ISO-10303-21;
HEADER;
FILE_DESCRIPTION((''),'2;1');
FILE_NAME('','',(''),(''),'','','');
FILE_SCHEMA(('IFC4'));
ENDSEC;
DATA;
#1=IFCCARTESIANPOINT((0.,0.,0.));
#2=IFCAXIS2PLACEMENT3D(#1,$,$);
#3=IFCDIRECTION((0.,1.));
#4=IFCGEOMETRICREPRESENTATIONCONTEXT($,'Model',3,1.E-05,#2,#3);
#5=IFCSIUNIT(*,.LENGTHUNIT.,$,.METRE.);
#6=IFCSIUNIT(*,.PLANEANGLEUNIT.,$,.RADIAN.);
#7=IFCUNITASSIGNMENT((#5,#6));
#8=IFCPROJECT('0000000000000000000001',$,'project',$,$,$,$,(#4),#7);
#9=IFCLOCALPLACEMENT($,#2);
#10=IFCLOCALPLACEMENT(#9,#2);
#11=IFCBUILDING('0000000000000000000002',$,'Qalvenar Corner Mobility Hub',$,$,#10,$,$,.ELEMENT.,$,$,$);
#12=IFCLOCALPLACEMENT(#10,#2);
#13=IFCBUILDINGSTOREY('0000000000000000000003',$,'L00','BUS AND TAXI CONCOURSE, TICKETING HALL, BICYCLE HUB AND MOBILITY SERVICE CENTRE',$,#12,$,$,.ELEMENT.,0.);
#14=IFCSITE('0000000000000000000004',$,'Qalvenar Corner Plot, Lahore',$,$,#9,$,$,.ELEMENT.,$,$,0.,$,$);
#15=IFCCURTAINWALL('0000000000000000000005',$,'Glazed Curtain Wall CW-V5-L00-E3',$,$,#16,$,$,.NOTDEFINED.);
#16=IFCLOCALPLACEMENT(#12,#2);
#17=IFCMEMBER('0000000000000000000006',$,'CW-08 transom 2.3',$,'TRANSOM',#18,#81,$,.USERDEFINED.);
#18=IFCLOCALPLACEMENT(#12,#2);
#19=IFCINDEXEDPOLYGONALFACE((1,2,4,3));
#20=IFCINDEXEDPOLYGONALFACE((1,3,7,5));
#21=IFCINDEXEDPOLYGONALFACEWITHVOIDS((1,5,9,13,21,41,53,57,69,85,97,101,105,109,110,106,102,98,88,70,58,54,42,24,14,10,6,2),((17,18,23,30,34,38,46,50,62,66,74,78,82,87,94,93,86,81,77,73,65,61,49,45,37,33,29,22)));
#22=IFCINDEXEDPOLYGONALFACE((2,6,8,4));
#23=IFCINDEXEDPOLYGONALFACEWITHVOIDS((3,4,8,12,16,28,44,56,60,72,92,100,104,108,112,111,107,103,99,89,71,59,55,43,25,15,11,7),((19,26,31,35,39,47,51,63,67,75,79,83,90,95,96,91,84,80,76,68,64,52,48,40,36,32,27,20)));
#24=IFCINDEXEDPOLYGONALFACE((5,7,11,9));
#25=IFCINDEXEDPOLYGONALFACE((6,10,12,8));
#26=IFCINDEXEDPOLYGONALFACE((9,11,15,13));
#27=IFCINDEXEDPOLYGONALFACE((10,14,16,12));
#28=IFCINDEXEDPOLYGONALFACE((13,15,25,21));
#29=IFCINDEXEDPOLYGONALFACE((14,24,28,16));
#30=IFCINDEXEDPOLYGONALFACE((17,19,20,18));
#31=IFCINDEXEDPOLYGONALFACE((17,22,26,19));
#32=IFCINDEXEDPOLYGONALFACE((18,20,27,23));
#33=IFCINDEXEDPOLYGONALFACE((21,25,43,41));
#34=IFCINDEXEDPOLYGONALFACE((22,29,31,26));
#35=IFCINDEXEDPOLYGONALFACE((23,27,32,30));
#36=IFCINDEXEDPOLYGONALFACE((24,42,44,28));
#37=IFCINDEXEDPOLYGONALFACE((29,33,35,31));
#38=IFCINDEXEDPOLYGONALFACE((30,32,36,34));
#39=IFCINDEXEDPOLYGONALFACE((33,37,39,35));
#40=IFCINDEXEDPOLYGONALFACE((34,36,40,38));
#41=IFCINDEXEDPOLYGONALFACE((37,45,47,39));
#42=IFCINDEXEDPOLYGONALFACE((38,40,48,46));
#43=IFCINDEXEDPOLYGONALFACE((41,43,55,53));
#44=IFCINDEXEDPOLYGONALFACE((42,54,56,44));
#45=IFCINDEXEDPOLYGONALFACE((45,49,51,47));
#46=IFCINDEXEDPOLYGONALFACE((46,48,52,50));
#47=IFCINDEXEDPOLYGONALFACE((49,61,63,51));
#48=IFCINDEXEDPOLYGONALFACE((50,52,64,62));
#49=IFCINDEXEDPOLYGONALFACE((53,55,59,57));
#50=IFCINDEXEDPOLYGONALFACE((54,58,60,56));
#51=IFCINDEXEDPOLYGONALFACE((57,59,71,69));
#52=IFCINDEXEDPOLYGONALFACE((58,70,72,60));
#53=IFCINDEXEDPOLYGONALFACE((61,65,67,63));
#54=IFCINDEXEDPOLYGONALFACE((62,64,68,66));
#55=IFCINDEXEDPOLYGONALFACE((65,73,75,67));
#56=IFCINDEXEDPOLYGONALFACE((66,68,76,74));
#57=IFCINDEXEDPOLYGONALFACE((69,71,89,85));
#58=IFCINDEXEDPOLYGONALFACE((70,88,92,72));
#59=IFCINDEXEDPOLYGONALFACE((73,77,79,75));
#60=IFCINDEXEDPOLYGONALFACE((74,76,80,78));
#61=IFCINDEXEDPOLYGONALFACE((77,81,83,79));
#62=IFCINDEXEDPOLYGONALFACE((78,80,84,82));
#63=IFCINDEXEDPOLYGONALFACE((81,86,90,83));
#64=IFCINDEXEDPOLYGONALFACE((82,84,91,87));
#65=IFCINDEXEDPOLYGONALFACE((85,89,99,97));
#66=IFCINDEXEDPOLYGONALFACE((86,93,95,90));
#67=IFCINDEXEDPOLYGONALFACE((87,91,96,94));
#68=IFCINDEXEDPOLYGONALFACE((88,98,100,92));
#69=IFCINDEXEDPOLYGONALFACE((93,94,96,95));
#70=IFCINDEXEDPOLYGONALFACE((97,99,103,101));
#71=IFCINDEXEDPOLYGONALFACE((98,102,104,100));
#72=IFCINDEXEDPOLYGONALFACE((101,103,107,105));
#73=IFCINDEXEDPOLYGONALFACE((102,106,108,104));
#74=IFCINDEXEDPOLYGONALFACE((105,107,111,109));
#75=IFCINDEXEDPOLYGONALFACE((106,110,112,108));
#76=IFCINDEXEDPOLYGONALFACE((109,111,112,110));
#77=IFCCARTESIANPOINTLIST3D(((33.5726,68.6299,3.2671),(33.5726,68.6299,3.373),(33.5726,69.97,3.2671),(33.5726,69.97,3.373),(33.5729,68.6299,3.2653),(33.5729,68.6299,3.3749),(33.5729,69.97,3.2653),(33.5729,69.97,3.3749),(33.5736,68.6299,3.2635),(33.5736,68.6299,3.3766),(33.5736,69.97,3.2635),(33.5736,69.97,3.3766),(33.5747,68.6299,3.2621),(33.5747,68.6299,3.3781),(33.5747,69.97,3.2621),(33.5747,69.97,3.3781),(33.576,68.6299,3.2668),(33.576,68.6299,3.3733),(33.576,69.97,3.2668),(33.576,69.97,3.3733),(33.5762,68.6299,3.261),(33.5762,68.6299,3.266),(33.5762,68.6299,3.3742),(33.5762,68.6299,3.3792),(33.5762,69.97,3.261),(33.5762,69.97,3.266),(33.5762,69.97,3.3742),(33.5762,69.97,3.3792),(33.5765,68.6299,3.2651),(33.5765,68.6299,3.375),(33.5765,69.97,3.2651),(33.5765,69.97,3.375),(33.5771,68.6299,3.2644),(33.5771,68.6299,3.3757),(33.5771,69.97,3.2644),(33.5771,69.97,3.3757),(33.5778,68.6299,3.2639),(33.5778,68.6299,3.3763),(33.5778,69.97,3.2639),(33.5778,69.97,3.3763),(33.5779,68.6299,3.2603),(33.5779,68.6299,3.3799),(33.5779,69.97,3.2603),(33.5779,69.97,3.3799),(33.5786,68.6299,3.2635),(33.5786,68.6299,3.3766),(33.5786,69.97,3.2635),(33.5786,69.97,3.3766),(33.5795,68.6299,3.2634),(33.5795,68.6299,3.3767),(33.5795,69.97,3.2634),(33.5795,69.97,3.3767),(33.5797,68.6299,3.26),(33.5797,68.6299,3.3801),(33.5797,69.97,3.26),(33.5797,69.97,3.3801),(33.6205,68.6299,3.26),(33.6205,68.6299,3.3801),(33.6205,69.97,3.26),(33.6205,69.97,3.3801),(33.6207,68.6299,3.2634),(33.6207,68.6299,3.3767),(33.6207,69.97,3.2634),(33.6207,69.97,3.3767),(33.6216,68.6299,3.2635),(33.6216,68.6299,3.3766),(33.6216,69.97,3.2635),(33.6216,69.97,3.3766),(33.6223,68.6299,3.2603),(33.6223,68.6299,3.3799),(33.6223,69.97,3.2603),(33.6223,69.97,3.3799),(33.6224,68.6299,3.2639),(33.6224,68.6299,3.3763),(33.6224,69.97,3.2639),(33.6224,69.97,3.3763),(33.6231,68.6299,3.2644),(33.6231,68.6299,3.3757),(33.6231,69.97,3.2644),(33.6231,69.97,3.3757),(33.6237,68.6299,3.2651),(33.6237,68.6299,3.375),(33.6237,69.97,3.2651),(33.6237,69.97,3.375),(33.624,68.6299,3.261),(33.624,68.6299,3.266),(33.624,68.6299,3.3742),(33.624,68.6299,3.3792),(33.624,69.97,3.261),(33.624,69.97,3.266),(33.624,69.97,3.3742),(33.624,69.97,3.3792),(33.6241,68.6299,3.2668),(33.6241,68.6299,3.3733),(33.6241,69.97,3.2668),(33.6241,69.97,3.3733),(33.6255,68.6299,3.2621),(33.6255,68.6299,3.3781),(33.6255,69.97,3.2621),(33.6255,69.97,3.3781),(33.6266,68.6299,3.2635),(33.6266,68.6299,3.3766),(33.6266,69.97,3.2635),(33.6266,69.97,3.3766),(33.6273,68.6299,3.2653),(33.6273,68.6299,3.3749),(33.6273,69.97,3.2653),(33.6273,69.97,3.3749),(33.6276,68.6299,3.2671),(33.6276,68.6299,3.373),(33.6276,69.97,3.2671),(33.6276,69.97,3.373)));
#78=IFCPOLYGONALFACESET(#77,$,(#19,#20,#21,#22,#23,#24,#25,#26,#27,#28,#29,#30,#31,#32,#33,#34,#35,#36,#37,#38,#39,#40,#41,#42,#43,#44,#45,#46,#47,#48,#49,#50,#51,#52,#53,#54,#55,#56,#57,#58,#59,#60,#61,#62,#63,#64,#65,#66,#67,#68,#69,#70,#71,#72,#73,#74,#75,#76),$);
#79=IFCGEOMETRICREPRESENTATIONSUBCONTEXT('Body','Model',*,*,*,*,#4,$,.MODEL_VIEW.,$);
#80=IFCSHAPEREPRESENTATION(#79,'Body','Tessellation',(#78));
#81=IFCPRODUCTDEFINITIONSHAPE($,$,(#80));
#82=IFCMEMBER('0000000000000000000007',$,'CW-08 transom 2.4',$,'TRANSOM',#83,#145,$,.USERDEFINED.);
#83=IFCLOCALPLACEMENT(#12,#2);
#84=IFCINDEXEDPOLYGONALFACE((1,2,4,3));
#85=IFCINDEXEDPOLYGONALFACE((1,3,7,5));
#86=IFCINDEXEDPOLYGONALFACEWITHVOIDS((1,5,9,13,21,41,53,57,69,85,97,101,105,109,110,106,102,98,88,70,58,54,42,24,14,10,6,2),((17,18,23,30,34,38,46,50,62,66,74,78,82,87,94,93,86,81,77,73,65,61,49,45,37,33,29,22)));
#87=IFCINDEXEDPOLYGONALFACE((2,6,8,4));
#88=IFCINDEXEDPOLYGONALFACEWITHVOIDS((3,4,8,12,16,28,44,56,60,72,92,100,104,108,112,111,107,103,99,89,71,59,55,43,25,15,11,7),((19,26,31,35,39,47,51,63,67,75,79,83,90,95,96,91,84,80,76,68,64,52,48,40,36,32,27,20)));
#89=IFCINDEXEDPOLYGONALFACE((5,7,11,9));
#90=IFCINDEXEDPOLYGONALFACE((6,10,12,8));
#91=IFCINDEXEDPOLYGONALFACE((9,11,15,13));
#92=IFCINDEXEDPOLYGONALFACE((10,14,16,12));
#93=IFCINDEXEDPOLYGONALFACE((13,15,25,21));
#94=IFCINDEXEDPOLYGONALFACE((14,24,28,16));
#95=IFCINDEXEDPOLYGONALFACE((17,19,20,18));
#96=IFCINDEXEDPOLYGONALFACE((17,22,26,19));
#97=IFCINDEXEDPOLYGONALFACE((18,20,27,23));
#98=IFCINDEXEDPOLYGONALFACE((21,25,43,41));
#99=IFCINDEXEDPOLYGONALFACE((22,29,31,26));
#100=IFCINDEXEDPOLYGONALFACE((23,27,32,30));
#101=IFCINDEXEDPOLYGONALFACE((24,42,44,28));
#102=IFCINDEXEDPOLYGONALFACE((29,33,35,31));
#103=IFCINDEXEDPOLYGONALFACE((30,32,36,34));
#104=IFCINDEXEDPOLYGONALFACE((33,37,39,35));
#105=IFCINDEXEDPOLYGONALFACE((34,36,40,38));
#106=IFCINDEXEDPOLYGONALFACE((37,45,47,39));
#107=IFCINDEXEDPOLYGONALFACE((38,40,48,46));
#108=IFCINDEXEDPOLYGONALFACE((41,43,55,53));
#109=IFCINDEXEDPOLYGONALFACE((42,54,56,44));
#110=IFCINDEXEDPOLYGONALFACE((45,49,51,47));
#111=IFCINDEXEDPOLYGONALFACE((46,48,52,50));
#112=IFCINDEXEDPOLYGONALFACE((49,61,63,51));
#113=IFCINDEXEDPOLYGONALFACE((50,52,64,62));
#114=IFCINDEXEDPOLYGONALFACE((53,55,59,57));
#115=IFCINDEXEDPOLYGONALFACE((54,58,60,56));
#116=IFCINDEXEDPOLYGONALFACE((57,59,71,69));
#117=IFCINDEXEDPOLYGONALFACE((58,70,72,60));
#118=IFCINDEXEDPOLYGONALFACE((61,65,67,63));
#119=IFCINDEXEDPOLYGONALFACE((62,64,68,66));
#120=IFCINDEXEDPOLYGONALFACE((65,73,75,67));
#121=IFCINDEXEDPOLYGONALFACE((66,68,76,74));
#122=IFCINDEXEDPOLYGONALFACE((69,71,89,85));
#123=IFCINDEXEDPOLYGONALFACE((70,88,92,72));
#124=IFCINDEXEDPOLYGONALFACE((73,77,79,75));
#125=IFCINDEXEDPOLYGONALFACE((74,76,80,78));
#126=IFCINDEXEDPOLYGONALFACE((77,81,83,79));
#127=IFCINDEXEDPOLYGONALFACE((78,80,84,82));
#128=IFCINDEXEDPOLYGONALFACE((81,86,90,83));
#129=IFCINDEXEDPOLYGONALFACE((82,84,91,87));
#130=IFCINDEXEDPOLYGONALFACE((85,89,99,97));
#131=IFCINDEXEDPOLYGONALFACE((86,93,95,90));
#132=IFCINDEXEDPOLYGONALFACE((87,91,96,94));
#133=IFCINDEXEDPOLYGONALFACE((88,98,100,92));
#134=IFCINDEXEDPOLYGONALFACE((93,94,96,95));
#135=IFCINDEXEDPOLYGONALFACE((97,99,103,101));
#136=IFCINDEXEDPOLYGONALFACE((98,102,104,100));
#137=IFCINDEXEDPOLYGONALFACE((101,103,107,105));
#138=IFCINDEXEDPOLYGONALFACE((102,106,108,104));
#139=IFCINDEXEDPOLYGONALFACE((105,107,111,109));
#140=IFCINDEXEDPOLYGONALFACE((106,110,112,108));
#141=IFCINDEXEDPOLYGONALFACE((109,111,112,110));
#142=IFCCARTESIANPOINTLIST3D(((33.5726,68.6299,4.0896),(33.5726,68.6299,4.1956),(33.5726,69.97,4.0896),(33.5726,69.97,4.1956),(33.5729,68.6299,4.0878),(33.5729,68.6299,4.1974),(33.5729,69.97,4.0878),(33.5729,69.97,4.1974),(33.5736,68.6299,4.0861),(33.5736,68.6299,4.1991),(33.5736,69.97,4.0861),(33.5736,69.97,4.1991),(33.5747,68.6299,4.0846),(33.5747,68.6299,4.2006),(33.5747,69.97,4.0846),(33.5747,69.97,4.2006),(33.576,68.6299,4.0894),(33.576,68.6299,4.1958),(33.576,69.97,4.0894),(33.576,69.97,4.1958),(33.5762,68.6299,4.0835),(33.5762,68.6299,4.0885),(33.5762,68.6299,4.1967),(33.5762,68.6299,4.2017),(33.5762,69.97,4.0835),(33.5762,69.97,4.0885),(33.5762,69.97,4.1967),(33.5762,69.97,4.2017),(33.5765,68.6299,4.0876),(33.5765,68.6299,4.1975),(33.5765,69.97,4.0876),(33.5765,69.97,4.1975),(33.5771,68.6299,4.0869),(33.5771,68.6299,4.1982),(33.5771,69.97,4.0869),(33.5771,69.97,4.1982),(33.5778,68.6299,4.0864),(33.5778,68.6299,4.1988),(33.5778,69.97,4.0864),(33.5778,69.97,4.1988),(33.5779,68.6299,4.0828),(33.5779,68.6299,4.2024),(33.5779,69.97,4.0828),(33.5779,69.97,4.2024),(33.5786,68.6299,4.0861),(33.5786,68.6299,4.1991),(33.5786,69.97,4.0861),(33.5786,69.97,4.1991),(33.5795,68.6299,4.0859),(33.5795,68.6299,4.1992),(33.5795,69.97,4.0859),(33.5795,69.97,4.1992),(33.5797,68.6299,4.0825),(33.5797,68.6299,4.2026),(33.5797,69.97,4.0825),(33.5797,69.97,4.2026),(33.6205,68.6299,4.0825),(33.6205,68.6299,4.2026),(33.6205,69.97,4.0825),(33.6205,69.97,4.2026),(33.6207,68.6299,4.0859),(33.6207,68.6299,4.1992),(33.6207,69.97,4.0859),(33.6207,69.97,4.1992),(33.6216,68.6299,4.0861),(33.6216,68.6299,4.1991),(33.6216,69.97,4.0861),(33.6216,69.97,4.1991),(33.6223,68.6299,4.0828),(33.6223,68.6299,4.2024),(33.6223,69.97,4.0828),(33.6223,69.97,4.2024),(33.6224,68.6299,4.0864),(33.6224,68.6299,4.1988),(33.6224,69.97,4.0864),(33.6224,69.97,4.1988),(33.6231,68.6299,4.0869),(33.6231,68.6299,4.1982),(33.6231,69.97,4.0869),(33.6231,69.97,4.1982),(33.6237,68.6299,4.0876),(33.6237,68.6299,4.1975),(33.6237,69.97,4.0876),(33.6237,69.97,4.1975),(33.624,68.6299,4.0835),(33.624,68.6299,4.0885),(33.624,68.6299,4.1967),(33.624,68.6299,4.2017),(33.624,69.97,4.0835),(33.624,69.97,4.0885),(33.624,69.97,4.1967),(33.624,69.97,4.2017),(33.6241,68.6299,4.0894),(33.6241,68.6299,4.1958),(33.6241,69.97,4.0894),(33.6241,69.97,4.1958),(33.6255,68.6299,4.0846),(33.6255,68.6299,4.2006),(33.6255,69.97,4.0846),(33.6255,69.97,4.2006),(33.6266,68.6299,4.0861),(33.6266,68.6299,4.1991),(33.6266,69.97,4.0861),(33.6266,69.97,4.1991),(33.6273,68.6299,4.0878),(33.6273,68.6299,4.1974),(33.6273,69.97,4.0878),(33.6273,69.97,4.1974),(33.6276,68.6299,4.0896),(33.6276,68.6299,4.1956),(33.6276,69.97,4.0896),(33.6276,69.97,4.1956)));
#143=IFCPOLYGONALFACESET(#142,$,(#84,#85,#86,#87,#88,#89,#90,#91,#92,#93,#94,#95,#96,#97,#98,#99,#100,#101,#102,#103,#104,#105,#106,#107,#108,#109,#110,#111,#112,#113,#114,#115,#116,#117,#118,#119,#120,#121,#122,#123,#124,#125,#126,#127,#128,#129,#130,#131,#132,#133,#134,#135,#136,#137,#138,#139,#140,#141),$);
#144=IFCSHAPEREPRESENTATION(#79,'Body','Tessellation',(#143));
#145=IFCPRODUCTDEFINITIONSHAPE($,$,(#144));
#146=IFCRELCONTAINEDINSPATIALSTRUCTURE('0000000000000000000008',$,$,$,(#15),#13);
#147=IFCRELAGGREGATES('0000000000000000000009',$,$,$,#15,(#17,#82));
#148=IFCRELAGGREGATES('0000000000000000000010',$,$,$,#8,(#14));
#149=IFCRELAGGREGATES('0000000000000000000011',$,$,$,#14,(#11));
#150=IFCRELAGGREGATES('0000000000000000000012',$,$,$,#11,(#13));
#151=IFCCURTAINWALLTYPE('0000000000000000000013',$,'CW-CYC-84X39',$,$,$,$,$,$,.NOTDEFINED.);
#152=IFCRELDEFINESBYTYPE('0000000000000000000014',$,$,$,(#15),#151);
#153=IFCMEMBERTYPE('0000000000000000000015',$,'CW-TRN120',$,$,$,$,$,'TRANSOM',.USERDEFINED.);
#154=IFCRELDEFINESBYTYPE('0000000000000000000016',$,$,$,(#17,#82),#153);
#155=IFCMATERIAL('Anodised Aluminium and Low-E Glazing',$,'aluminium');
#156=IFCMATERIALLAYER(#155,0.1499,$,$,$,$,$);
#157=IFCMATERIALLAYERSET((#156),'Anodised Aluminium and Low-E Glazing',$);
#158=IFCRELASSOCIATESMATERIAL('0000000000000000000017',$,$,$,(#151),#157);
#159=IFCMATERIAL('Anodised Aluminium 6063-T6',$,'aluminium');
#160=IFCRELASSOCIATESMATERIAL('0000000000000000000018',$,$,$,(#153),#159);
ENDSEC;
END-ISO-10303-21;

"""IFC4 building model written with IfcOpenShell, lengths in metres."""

from ifc_helpers import new_model, si_unit, direction, frame, origin, origin_2d, place, context, subcontext, project, spatial, hollow_rectangle, extrude, material, layer, layer_set, material_profile, profile_set, type_object, element, aggregate, save


model = new_model("IFC4")

# Units and contexts
model_context = context("Model", 3, precision=1e-05, world=origin(), true_north=direction((0.0, 1.0)))
body_context = subcontext(model_context, "Body", "Model", "MODEL_VIEW")
ifc_project = project(units=[si_unit("LENGTHUNIT", "METRE"), si_unit("PLANEANGLEUNIT", "RADIAN")], contexts=[model_context])

# Site, building, storey
site_placement = place(None, origin())
site = spatial("IfcSite", under=ifc_project, at=site_placement, Name="Qalvenar Corner Plot, Lahore", CompositionType="ELEMENT", RefElevation=0.0)
building_placement = place(site_placement, origin())
building = spatial("IfcBuilding", under=site, at=building_placement, Name="Qalvenar Corner Mobility Hub", CompositionType="ELEMENT")
storey_placement = place(building_placement, origin())
storey = spatial("IfcBuildingStorey", under=building, at=storey_placement, Name="L00", Description="BUS AND TAXI CONCOURSE, TICKETING HALL, BICYCLE HUB AND MOBILITY SERVICE CENTRE", CompositionType="ELEMENT", Elevation=0.0)

# Curtain wall, members
ifc_material_1 = material(Name="Anodised Aluminium and Low-E Glazing", Category="aluminium")
ifc_layer_1 = layer(ifc_material_1, 0.1499)
ifc_layer_set_1 = layer_set([ifc_layer_1], Name="Anodised Aluminium and Low-E Glazing")
curtain_wall_type = type_object("IfcCurtainWallType", Name="CW-CYC-84X39", PredefinedType="NOTDEFINED", material=ifc_layer_set_1)
curtain_wall_placement = place(storey_placement, origin())
curtain_wall = element("IfcCurtainWall", 1, at=curtain_wall_placement, inside=storey, type_object=curtain_wall_type, Name="Glazed Curtain Wall CW-V5-L00-E3", PredefinedType="NOTDEFINED")
ifc_material_2 = material(Name="Anodised Aluminium 6063-T6", Category="aluminium")
ifc_material_profile_1 = material_profile(ifc_material_2, hollow_rectangle(XDim=0.0549, YDim=0.1201, WallThickness=0.0034, InnerFilletRadius=0.0034, OuterFilletRadius=0.0071, at=origin_2d()), Name="RHS120x55x3.5")
ifc_profile_set_1 = profile_set([ifc_material_profile_1], Name="Anodised Aluminium 6063-T6")
member_type_1 = type_object("IfcMemberType", Name="CW-TRN120", ElementType="TRANSOM", PredefinedType="USERDEFINED", material=ifc_profile_set_1)
member_1_placement = place(storey_placement, frame((33.6001, 68.6299, 3.3201), z_axis=(0.0, 1.0, 0.0), x_axis=(-1.0, 0.0, 0.0)))
member_1 = element("IfcMember", 2, at=member_1_placement, type_object=member_type_1, Name="CW-08 transom 2.3", ObjectType="TRANSOM", PredefinedType="USERDEFINED", context=body_context, shape_type="SweptSolid", body=[
    extrude(hollow_rectangle(XDim=0.0549, YDim=0.1201, WallThickness=0.0034, InnerFilletRadius=0.0034, OuterFilletRadius=0.0071, at=origin_2d()), origin(), (0.0, 0.0, 1.0), 1.3401),
])
member_2_placement = place(storey_placement, frame((33.6001, 68.6299, 4.1426), z_axis=(0.0, 1.0, 0.0), x_axis=(-1.0, 0.0, 0.0)))
member_2 = element("IfcMember", 3, at=member_2_placement, type_object=member_type_1, Name="CW-08 transom 2.4", ObjectType="TRANSOM", PredefinedType="USERDEFINED", context=body_context, shape_type="SweptSolid", body=[
    extrude(hollow_rectangle(XDim=0.0549, YDim=0.1201, WallThickness=0.0034, InnerFilletRadius=0.0034, OuterFilletRadius=0.0071, at=origin_2d()), origin(), (0.0, 0.0, 1.0), 1.3401),
])
aggregate(curtain_wall, [member_1, member_2])

save(model, "model.ifc")
